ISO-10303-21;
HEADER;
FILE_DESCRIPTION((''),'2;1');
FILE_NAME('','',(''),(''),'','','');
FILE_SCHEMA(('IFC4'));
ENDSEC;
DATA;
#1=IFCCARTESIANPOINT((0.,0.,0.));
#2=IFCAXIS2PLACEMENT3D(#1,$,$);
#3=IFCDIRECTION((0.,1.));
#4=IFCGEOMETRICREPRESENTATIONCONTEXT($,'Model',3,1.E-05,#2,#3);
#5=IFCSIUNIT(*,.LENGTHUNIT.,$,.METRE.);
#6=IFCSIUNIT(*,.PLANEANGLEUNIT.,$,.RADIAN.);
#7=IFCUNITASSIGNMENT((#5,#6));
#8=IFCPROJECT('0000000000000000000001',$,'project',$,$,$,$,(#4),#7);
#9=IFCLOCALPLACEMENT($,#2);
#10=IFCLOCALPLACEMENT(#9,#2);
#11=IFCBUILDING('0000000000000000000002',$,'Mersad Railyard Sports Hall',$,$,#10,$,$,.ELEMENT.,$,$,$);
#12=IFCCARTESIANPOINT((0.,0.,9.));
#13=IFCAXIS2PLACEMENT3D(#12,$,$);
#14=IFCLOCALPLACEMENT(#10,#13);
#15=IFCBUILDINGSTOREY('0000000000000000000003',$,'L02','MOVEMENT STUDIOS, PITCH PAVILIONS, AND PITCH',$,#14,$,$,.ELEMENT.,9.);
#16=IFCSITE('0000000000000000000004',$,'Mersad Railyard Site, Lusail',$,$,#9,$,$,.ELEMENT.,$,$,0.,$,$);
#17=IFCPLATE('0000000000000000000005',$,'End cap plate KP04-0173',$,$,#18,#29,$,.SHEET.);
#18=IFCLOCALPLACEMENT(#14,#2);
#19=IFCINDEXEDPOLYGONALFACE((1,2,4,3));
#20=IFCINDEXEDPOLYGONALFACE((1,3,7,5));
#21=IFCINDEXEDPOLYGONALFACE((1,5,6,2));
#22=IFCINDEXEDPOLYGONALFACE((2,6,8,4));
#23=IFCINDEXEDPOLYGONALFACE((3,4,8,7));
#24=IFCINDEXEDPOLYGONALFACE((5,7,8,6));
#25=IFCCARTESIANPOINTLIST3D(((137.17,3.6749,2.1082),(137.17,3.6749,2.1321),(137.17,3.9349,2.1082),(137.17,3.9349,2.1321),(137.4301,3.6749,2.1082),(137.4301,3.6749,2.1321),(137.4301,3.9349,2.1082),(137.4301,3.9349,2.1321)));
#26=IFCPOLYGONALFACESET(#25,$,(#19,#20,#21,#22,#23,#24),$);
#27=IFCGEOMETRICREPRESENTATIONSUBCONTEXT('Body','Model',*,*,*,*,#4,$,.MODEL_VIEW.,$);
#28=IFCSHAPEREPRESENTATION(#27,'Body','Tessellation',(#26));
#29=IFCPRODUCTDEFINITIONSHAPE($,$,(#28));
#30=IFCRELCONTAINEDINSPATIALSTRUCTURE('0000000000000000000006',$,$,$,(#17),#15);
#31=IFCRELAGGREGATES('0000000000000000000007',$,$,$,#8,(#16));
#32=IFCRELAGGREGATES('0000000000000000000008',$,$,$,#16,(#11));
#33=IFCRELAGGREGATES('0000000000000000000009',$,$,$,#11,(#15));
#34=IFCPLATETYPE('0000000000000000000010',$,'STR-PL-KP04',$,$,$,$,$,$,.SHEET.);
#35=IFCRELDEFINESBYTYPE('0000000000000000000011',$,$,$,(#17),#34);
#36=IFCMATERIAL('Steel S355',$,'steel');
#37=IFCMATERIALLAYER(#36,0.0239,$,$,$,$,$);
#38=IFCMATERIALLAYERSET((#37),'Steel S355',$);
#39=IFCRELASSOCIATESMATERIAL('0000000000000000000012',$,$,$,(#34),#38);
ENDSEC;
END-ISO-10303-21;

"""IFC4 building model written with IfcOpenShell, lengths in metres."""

from ifc_helpers import new_model, si_unit, direction, frame, origin, origin_2d, place, context, subcontext, project, spatial, rectangle, extrude, material, layer, layer_set, type_object, element, save


model = new_model("IFC4")

# Units and contexts
model_context = context("Model", 3, precision=1e-05, world=origin(), true_north=direction((0.0, 1.0)))
body_context = subcontext(model_context, "Body", "Model", "MODEL_VIEW")
ifc_project = project(units=[si_unit("LENGTHUNIT", "METRE"), si_unit("PLANEANGLEUNIT", "RADIAN")], contexts=[model_context])

# Site, building, storey
site_placement = place(None, origin())
site = spatial("IfcSite", under=ifc_project, at=site_placement, Name="Mersad Railyard Site, Lusail", CompositionType="ELEMENT", RefElevation=0.0)
building_placement = place(site_placement, origin())
building = spatial("IfcBuilding", under=site, at=building_placement, Name="Mersad Railyard Sports Hall", CompositionType="ELEMENT")
storey_placement = place(building_placement, frame((0.0, 0.0, 9.0)))
storey = spatial("IfcBuildingStorey", under=building, at=storey_placement, Name="L02", Description="MOVEMENT STUDIOS, PITCH PAVILIONS, AND PITCH", CompositionType="ELEMENT", Elevation=9.0)

# Shared definitions
ifc_material_1 = material(Name="Steel S355", Category="steel")

# Plate
ifc_layer_1 = layer(ifc_material_1, 0.0239)
ifc_layer_set_1 = layer_set([ifc_layer_1], Name="Steel S355")
plate_type_1 = type_object("IfcPlateType", Name="STR-PL-KP04", PredefinedType="SHEET", material=ifc_layer_set_1)
plate_1_placement = place(storey_placement, frame((137.3, 3.8049, 2.1082), z_axis=(0.0, 0.0, 1.0), x_axis=(1.0, 0.0, 0.0)))
element("IfcPlate", 1, at=plate_1_placement, inside=storey, type_object=plate_type_1, Name="End cap plate KP04-0173", PredefinedType="SHEET", context=body_context, shape_type="SweptSolid", body=[
    extrude(rectangle(XDim=0.26, YDim=0.26, at=origin_2d()), origin(), (0.0, 0.0, 1.0), 0.0239),
])

save(model, "model.ifc")
